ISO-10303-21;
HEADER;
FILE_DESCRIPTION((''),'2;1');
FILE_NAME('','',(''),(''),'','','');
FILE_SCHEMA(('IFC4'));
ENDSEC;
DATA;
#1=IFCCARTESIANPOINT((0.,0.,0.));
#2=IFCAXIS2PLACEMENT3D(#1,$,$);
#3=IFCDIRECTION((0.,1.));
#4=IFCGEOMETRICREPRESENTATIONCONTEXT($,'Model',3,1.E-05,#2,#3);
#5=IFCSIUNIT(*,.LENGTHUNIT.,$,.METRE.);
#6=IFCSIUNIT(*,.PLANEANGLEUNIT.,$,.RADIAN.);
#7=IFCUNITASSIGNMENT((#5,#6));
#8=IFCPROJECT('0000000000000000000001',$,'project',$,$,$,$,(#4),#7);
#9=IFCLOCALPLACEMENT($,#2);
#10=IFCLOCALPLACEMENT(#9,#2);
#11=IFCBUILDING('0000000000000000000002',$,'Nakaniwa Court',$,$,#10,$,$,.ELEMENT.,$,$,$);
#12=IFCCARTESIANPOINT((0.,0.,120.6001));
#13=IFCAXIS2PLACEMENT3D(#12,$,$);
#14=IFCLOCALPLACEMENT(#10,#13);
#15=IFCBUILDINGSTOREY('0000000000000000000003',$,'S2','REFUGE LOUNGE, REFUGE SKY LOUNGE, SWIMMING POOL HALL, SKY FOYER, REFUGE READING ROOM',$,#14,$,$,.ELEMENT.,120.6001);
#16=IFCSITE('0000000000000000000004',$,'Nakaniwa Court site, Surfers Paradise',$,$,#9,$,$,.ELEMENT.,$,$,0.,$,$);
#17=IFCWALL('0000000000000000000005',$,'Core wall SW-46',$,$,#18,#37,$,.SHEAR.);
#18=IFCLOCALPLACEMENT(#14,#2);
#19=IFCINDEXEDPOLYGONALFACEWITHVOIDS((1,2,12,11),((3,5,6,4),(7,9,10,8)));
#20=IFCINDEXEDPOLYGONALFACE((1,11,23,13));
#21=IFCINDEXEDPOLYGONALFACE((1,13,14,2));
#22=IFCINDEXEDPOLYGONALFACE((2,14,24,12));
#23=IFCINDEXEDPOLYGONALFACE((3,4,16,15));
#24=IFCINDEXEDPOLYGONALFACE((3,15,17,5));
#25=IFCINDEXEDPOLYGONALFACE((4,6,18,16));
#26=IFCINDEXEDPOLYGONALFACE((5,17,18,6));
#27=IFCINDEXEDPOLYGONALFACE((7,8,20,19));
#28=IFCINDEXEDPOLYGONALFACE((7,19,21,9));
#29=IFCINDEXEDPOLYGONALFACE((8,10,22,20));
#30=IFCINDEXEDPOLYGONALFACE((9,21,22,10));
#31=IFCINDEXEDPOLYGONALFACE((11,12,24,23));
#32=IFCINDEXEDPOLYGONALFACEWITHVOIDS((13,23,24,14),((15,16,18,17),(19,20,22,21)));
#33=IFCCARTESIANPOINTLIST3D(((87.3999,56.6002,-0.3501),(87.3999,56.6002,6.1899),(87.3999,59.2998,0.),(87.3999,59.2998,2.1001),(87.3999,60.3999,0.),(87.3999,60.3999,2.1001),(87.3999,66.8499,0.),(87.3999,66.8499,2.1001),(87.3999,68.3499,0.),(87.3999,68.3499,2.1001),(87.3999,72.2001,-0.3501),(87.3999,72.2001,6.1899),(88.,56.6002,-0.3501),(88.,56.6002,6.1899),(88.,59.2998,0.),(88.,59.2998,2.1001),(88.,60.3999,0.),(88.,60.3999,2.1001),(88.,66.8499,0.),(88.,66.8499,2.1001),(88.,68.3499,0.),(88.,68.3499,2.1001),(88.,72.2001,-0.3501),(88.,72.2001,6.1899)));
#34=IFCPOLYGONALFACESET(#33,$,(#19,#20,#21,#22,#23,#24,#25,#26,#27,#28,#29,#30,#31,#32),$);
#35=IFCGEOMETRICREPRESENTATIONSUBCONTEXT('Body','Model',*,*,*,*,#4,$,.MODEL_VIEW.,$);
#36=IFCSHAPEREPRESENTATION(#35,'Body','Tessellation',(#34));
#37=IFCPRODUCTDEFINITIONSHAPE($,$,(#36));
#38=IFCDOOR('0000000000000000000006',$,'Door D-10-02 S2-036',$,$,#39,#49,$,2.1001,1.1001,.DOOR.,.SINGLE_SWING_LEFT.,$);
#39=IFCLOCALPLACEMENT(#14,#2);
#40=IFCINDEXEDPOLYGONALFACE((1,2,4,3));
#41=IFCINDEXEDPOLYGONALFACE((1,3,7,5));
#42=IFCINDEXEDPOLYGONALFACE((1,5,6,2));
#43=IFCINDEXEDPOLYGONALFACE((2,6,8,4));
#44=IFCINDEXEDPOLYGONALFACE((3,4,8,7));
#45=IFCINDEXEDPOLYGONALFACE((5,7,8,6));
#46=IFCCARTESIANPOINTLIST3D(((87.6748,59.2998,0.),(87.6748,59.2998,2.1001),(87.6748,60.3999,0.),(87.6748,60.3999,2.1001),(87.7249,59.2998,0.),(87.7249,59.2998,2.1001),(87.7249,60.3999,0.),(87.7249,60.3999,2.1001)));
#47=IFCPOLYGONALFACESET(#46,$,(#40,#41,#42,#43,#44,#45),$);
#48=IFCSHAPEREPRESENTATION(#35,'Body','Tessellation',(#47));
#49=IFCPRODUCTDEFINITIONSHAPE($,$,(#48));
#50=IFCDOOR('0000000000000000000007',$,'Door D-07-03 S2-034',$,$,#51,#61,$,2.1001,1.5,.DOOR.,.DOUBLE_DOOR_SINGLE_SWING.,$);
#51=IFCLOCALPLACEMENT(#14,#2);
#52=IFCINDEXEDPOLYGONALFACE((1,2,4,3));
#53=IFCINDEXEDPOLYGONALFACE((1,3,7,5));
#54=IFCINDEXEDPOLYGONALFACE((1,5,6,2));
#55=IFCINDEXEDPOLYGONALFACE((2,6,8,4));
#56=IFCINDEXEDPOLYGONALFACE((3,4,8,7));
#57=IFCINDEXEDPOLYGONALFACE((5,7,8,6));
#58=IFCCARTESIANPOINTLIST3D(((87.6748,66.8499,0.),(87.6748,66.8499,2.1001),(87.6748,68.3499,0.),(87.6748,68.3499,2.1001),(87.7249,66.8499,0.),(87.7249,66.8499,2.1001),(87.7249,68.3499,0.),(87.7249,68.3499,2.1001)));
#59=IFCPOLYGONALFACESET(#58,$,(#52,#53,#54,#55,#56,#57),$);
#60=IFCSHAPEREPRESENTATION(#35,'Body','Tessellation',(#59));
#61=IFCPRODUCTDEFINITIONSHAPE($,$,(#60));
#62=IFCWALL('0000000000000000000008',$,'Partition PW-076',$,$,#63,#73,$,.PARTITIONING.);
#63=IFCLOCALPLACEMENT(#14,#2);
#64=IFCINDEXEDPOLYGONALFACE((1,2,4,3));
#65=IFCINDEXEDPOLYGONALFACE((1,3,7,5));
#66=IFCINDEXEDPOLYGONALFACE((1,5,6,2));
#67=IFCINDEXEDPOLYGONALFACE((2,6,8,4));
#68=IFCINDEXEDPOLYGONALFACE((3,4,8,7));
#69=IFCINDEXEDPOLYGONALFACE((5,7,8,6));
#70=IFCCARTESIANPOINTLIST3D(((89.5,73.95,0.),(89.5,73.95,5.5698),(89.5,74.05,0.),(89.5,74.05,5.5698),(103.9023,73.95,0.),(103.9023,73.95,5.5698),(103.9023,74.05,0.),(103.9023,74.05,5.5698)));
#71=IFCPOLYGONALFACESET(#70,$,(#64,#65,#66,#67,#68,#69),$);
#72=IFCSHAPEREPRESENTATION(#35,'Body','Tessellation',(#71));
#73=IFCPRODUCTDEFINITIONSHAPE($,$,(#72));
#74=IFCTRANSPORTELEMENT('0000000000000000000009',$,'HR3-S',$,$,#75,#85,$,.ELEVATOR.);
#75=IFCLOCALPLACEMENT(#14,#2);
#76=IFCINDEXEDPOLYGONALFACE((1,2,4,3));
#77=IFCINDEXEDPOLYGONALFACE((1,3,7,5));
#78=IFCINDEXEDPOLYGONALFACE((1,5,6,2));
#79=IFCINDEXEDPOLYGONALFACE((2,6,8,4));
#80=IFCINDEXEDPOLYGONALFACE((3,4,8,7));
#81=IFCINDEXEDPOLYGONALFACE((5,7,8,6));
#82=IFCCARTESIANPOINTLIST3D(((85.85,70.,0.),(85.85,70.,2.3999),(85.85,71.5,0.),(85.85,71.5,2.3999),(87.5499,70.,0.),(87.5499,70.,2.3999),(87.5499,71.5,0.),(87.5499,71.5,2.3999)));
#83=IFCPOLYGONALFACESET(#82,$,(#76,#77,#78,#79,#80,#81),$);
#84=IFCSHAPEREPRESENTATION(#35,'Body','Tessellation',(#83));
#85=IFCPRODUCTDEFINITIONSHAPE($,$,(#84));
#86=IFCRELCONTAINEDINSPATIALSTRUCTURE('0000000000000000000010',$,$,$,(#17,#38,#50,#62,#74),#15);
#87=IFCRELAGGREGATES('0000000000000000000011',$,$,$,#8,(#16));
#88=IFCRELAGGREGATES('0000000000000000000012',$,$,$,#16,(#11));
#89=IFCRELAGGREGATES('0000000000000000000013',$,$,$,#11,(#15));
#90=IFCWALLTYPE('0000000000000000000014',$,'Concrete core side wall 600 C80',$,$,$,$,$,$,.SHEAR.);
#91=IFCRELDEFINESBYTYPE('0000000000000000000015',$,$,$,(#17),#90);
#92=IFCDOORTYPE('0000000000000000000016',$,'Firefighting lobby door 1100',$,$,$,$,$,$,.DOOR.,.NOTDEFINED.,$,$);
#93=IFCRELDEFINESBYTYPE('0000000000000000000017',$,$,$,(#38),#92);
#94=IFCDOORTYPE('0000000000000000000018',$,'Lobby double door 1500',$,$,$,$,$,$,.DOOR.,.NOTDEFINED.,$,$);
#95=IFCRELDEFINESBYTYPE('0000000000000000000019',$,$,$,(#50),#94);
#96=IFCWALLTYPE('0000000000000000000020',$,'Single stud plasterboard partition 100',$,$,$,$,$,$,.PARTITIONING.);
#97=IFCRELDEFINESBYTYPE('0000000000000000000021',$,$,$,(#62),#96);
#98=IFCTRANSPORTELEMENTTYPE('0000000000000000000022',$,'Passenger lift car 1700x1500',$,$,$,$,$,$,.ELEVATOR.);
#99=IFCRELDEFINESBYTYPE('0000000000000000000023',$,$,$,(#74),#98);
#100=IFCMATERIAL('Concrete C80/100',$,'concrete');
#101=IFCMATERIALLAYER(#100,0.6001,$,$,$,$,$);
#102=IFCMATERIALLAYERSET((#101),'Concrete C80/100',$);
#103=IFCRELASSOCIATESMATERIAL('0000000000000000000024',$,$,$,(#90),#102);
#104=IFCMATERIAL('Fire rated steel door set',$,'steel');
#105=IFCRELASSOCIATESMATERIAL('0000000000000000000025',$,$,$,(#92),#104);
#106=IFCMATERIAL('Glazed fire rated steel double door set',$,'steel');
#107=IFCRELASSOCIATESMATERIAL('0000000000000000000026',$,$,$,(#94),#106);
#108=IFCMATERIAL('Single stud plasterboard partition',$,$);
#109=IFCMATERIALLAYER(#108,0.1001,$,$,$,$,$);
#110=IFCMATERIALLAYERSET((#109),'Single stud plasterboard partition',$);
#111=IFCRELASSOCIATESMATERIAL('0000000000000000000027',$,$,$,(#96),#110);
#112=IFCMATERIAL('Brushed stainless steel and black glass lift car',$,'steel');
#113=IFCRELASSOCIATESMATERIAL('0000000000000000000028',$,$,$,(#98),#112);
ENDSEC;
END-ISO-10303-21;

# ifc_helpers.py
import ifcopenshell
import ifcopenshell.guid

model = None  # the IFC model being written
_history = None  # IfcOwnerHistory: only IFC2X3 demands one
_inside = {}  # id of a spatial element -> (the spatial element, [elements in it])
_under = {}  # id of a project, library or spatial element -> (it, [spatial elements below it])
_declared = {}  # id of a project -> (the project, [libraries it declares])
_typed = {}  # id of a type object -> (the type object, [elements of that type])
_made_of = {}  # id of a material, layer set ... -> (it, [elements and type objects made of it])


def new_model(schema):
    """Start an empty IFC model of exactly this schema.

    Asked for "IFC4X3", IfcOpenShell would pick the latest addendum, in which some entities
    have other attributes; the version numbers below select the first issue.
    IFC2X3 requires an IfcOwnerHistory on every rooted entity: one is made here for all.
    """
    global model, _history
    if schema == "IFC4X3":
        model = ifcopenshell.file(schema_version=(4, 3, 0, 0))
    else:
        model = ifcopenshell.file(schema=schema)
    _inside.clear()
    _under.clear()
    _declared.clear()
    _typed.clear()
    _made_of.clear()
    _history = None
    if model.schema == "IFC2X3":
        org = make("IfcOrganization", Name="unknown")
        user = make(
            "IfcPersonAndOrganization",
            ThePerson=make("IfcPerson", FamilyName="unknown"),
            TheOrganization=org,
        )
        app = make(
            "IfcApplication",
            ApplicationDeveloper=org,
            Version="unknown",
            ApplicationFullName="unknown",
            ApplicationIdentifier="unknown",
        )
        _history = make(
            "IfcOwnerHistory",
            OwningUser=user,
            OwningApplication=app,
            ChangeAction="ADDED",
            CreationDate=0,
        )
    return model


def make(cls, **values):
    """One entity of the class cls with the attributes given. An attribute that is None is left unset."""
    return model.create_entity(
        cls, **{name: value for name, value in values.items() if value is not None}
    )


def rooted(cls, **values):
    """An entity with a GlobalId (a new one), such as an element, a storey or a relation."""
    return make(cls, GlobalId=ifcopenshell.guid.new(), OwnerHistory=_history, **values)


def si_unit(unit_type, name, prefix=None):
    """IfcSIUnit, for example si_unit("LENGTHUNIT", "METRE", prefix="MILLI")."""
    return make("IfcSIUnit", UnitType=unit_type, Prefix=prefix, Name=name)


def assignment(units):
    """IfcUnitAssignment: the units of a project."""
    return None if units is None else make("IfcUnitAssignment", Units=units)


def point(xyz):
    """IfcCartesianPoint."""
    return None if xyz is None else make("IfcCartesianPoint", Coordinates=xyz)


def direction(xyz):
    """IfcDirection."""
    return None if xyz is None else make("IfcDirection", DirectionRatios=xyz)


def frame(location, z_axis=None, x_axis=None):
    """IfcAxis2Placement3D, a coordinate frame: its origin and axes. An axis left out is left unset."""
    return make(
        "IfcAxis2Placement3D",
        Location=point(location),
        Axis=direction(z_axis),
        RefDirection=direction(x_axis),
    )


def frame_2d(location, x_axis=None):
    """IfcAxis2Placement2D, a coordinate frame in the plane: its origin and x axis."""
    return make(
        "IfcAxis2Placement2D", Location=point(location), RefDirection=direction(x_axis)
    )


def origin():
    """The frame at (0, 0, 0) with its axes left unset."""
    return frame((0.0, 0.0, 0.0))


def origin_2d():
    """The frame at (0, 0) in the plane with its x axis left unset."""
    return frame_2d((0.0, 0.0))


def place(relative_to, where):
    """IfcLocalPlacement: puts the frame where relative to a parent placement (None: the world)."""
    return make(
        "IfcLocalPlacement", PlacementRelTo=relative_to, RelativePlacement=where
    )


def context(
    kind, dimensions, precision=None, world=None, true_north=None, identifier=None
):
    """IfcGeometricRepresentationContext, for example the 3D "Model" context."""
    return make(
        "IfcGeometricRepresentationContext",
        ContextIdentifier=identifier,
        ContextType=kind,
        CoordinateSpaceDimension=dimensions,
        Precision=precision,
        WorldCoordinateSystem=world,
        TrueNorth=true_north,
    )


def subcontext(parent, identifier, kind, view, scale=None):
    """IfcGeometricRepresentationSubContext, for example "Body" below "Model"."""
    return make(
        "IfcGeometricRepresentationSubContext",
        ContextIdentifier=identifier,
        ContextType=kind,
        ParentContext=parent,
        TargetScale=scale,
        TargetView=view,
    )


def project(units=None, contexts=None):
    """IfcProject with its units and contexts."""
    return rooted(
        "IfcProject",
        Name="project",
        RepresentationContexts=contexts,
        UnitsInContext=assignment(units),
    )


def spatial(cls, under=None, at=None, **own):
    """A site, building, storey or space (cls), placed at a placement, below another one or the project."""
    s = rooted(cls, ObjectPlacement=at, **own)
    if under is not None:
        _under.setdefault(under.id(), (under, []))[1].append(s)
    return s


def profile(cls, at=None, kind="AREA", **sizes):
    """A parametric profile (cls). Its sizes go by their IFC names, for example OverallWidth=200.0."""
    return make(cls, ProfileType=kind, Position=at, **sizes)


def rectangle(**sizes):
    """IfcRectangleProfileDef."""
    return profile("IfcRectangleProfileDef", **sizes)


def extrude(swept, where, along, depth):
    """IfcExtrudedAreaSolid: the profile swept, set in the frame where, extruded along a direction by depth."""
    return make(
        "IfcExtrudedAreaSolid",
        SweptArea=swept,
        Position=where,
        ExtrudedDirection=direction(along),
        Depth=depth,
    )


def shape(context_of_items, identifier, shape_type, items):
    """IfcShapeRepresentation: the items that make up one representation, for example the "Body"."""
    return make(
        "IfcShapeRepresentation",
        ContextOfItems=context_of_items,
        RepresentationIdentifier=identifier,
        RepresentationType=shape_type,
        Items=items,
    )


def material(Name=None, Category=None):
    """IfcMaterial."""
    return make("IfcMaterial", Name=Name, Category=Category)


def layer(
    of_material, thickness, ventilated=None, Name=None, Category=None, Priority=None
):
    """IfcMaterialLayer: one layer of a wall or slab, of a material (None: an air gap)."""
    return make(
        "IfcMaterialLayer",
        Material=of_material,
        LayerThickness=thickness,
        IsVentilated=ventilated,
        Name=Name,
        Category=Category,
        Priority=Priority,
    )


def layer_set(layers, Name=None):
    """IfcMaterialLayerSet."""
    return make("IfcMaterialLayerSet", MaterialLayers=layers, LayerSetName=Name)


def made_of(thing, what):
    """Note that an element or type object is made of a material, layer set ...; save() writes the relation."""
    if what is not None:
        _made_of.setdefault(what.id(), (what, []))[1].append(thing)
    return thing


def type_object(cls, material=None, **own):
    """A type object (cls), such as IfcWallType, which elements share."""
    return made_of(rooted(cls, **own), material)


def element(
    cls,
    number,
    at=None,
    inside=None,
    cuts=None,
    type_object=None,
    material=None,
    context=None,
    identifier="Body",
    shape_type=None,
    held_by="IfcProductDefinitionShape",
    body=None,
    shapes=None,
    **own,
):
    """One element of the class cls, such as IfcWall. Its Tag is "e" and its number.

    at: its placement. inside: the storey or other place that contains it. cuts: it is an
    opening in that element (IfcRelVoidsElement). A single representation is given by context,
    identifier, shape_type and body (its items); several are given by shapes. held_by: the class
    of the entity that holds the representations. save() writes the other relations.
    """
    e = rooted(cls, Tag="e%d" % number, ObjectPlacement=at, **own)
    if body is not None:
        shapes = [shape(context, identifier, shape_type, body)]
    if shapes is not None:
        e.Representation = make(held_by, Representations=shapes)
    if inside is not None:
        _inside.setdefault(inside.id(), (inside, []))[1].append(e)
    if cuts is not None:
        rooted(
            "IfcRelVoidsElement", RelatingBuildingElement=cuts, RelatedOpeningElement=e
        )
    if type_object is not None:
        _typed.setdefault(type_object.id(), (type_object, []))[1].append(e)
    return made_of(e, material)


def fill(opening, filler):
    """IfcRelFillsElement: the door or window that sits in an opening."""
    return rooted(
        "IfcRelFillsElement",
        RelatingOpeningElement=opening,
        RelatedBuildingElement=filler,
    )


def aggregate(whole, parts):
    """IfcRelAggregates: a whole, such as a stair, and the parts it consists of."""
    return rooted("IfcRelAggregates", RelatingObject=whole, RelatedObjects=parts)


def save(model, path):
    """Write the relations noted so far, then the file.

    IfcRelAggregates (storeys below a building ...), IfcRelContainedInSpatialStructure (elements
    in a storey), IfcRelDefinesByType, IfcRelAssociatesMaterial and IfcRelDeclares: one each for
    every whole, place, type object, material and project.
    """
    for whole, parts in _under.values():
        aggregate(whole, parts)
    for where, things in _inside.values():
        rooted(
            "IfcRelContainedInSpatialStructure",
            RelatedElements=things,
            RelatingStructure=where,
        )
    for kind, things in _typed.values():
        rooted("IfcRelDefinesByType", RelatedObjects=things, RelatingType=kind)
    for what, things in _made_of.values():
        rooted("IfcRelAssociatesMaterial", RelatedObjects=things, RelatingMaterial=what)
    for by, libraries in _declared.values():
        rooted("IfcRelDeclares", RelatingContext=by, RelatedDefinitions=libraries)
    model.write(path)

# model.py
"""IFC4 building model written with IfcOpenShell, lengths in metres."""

from ifc_helpers import new_model, si_unit, direction, frame, frame_2d, origin, origin_2d, place, context, subcontext, project, spatial, rectangle, extrude, material, layer, layer_set, type_object, element, fill, save


model = new_model("IFC4")

# Units and contexts
model_context = context("Model", 3, precision=1e-05, world=origin(), true_north=direction((0.0, 1.0)))
body_context = subcontext(model_context, "Body", "Model", "MODEL_VIEW")
ifc_project = project(units=[si_unit("LENGTHUNIT", "METRE"), si_unit("PLANEANGLEUNIT", "RADIAN")], contexts=[model_context])

# Site, building, storey
site_placement = place(None, origin())
site = spatial("IfcSite", under=ifc_project, at=site_placement, Name="Nakaniwa Court site, Surfers Paradise", CompositionType="ELEMENT", RefElevation=0.0)
building_placement = place(site_placement, origin())
building = spatial("IfcBuilding", under=site, at=building_placement, Name="Nakaniwa Court", CompositionType="ELEMENT")
storey_placement = place(building_placement, frame((0.0, 0.0, 120.6001)))
storey = spatial("IfcBuildingStorey", under=building, at=storey_placement, Name="S2", Description="REFUGE LOUNGE, REFUGE SKY LOUNGE, SWIMMING POOL HALL, SKY FOYER, REFUGE READING ROOM", CompositionType="ELEMENT", Elevation=120.6001)

# Shared definitions
ifc_material_1 = material(Name="Concrete C80/100", Category="concrete")

# Wall, openings, doors
ifc_layer_1 = layer(ifc_material_1, 0.6001)
ifc_layer_set_1 = layer_set([ifc_layer_1], Name="Concrete C80/100")
wall_type_1 = type_object("IfcWallType", Name="Concrete core side wall 600 C80", PredefinedType="SHEAR", material=ifc_layer_set_1)
wall_1_placement = place(storey_placement, frame((87.7, 72.2, -0.3501), z_axis=(0.0, 0.0, 1.0), x_axis=(0.0, -1.0, 0.0)))
wall_1 = element("IfcWall", 1, at=wall_1_placement, inside=storey, type_object=wall_type_1, Name="Core wall SW-46", PredefinedType="SHEAR", context=body_context, shape_type="SweptSolid", body=[
    extrude(rectangle(XDim=15.5999, YDim=0.6001, at=frame_2d((7.7998, 0.0))), origin(), (0.0, 0.0, 1.0), 6.54),
])
opening_1_placement = place(wall_1_placement, frame((3.8501, 0.0, 0.3501)))
opening_1 = element("IfcOpeningElement", 2, at=opening_1_placement, cuts=wall_1, PredefinedType="OPENING", context=body_context, shape_type="SweptSolid", body=[
    extrude(rectangle(XDim=1.5, YDim=2.1001, at=frame_2d((0.75, 1.05))), frame((0.0, 0.3101, 0.0), z_axis=(0.0, -1.0, 0.0), x_axis=(1.0, 0.0, 0.0)), (0.0, 0.0, 1.0), 0.6201),
])
opening_2_placement = place(wall_1_placement, frame((11.8, 0.0, 0.3501)))
opening_2 = element("IfcOpeningElement", 3, at=opening_2_placement, cuts=wall_1, PredefinedType="OPENING", context=body_context, shape_type="SweptSolid", body=[
    extrude(rectangle(XDim=1.1001, YDim=2.1001, at=frame_2d((0.55, 1.05))), frame((0.0, 0.3101, 0.0), z_axis=(0.0, -1.0, 0.0), x_axis=(1.0, 0.0, 0.0)), (0.0, 0.0, 1.0), 0.6201),
])
ifc_material_2 = material(Name="Fire rated steel door set", Category="steel")
door_type_1 = type_object("IfcDoorType", Name="Firefighting lobby door 1100", OperationType="NOTDEFINED", PredefinedType="DOOR", material=ifc_material_2)
door_1_placement = place(opening_2_placement, origin())
door_1 = element("IfcDoor", 4, at=door_1_placement, inside=storey, type_object=door_type_1, Name="Door D-10-02 S2-036", OperationType="SINGLE_SWING_LEFT", OverallHeight=2.1001, OverallWidth=1.1001, PredefinedType="DOOR", context=body_context, shape_type="SweptSolid", body=[
    extrude(rectangle(XDim=1.1001, YDim=2.1001, at=frame_2d((0.55, 1.05))), frame((0.0, 0.0249, 0.0), z_axis=(0.0, -1.0, 0.0), x_axis=(1.0, 0.0, 0.0)), (0.0, 0.0, 1.0), 0.05),
])
fill(opening_2, door_1)
ifc_material_3 = material(Name="Glazed fire rated steel double door set", Category="steel")
door_type_2 = type_object("IfcDoorType", Name="Lobby double door 1500", OperationType="NOTDEFINED", PredefinedType="DOOR", material=ifc_material_3)
door_2_placement = place(opening_1_placement, origin())
door_2 = element("IfcDoor", 5, at=door_2_placement, inside=storey, type_object=door_type_2, Name="Door D-07-03 S2-034", OperationType="DOUBLE_DOOR_SINGLE_SWING", OverallHeight=2.1001, OverallWidth=1.5, PredefinedType="DOOR", context=body_context, shape_type="SweptSolid", body=[
    extrude(rectangle(XDim=1.5, YDim=2.1001, at=frame_2d((0.75, 1.05))), frame((0.0, 0.0249, 0.0), z_axis=(0.0, -1.0, 0.0), x_axis=(1.0, 0.0, 0.0)), (0.0, 0.0, 1.0), 0.05),
])
fill(opening_1, door_2)

# Wall
ifc_material_4 = material(Name="Single stud plasterboard partition")
ifc_layer_2 = layer(ifc_material_4, 0.1001)
ifc_layer_set_2 = layer_set([ifc_layer_2], Name="Single stud plasterboard partition")
wall_type_2 = type_object("IfcWallType", Name="Single stud plasterboard partition 100", PredefinedType="PARTITIONING", material=ifc_layer_set_2)
wall_2_placement = place(storey_placement, frame((89.5, 74.0, 0.0), z_axis=(0.0, 0.0, 1.0), x_axis=(1.0, 0.0, 0.0)))
element("IfcWall", 6, at=wall_2_placement, inside=storey, type_object=wall_type_2, Name="Partition PW-076", PredefinedType="PARTITIONING", context=body_context, shape_type="SweptSolid", body=[
    extrude(rectangle(XDim=14.4023, YDim=0.1001, at=frame_2d((7.2012, 0.0))), origin(), (0.0, 0.0, 1.0), 5.5698),
])

# Transport element
ifc_material_5 = material(Name="Brushed stainless steel and black glass lift car", Category="steel")
transport_element_type = type_object("IfcTransportElementType", Name="Passenger lift car 1700x1500", PredefinedType="ELEVATOR", material=ifc_material_5)
transport_element_placement = place(storey_placement, frame((86.7, 70.75, 0.0), z_axis=(0.0, 0.0, 1.0), x_axis=(1.0, 0.0, 0.0)))
element("IfcTransportElement", 7, at=transport_element_placement, inside=storey, type_object=transport_element_type, Name="HR3-S", PredefinedType="ELEVATOR", context=body_context, shape_type="SweptSolid", body=[
    extrude(rectangle(XDim=1.7, YDim=1.5, at=origin_2d()), origin(), (0.0, 0.0, 1.0), 2.3999),
])

save(model, "model.ifc")
